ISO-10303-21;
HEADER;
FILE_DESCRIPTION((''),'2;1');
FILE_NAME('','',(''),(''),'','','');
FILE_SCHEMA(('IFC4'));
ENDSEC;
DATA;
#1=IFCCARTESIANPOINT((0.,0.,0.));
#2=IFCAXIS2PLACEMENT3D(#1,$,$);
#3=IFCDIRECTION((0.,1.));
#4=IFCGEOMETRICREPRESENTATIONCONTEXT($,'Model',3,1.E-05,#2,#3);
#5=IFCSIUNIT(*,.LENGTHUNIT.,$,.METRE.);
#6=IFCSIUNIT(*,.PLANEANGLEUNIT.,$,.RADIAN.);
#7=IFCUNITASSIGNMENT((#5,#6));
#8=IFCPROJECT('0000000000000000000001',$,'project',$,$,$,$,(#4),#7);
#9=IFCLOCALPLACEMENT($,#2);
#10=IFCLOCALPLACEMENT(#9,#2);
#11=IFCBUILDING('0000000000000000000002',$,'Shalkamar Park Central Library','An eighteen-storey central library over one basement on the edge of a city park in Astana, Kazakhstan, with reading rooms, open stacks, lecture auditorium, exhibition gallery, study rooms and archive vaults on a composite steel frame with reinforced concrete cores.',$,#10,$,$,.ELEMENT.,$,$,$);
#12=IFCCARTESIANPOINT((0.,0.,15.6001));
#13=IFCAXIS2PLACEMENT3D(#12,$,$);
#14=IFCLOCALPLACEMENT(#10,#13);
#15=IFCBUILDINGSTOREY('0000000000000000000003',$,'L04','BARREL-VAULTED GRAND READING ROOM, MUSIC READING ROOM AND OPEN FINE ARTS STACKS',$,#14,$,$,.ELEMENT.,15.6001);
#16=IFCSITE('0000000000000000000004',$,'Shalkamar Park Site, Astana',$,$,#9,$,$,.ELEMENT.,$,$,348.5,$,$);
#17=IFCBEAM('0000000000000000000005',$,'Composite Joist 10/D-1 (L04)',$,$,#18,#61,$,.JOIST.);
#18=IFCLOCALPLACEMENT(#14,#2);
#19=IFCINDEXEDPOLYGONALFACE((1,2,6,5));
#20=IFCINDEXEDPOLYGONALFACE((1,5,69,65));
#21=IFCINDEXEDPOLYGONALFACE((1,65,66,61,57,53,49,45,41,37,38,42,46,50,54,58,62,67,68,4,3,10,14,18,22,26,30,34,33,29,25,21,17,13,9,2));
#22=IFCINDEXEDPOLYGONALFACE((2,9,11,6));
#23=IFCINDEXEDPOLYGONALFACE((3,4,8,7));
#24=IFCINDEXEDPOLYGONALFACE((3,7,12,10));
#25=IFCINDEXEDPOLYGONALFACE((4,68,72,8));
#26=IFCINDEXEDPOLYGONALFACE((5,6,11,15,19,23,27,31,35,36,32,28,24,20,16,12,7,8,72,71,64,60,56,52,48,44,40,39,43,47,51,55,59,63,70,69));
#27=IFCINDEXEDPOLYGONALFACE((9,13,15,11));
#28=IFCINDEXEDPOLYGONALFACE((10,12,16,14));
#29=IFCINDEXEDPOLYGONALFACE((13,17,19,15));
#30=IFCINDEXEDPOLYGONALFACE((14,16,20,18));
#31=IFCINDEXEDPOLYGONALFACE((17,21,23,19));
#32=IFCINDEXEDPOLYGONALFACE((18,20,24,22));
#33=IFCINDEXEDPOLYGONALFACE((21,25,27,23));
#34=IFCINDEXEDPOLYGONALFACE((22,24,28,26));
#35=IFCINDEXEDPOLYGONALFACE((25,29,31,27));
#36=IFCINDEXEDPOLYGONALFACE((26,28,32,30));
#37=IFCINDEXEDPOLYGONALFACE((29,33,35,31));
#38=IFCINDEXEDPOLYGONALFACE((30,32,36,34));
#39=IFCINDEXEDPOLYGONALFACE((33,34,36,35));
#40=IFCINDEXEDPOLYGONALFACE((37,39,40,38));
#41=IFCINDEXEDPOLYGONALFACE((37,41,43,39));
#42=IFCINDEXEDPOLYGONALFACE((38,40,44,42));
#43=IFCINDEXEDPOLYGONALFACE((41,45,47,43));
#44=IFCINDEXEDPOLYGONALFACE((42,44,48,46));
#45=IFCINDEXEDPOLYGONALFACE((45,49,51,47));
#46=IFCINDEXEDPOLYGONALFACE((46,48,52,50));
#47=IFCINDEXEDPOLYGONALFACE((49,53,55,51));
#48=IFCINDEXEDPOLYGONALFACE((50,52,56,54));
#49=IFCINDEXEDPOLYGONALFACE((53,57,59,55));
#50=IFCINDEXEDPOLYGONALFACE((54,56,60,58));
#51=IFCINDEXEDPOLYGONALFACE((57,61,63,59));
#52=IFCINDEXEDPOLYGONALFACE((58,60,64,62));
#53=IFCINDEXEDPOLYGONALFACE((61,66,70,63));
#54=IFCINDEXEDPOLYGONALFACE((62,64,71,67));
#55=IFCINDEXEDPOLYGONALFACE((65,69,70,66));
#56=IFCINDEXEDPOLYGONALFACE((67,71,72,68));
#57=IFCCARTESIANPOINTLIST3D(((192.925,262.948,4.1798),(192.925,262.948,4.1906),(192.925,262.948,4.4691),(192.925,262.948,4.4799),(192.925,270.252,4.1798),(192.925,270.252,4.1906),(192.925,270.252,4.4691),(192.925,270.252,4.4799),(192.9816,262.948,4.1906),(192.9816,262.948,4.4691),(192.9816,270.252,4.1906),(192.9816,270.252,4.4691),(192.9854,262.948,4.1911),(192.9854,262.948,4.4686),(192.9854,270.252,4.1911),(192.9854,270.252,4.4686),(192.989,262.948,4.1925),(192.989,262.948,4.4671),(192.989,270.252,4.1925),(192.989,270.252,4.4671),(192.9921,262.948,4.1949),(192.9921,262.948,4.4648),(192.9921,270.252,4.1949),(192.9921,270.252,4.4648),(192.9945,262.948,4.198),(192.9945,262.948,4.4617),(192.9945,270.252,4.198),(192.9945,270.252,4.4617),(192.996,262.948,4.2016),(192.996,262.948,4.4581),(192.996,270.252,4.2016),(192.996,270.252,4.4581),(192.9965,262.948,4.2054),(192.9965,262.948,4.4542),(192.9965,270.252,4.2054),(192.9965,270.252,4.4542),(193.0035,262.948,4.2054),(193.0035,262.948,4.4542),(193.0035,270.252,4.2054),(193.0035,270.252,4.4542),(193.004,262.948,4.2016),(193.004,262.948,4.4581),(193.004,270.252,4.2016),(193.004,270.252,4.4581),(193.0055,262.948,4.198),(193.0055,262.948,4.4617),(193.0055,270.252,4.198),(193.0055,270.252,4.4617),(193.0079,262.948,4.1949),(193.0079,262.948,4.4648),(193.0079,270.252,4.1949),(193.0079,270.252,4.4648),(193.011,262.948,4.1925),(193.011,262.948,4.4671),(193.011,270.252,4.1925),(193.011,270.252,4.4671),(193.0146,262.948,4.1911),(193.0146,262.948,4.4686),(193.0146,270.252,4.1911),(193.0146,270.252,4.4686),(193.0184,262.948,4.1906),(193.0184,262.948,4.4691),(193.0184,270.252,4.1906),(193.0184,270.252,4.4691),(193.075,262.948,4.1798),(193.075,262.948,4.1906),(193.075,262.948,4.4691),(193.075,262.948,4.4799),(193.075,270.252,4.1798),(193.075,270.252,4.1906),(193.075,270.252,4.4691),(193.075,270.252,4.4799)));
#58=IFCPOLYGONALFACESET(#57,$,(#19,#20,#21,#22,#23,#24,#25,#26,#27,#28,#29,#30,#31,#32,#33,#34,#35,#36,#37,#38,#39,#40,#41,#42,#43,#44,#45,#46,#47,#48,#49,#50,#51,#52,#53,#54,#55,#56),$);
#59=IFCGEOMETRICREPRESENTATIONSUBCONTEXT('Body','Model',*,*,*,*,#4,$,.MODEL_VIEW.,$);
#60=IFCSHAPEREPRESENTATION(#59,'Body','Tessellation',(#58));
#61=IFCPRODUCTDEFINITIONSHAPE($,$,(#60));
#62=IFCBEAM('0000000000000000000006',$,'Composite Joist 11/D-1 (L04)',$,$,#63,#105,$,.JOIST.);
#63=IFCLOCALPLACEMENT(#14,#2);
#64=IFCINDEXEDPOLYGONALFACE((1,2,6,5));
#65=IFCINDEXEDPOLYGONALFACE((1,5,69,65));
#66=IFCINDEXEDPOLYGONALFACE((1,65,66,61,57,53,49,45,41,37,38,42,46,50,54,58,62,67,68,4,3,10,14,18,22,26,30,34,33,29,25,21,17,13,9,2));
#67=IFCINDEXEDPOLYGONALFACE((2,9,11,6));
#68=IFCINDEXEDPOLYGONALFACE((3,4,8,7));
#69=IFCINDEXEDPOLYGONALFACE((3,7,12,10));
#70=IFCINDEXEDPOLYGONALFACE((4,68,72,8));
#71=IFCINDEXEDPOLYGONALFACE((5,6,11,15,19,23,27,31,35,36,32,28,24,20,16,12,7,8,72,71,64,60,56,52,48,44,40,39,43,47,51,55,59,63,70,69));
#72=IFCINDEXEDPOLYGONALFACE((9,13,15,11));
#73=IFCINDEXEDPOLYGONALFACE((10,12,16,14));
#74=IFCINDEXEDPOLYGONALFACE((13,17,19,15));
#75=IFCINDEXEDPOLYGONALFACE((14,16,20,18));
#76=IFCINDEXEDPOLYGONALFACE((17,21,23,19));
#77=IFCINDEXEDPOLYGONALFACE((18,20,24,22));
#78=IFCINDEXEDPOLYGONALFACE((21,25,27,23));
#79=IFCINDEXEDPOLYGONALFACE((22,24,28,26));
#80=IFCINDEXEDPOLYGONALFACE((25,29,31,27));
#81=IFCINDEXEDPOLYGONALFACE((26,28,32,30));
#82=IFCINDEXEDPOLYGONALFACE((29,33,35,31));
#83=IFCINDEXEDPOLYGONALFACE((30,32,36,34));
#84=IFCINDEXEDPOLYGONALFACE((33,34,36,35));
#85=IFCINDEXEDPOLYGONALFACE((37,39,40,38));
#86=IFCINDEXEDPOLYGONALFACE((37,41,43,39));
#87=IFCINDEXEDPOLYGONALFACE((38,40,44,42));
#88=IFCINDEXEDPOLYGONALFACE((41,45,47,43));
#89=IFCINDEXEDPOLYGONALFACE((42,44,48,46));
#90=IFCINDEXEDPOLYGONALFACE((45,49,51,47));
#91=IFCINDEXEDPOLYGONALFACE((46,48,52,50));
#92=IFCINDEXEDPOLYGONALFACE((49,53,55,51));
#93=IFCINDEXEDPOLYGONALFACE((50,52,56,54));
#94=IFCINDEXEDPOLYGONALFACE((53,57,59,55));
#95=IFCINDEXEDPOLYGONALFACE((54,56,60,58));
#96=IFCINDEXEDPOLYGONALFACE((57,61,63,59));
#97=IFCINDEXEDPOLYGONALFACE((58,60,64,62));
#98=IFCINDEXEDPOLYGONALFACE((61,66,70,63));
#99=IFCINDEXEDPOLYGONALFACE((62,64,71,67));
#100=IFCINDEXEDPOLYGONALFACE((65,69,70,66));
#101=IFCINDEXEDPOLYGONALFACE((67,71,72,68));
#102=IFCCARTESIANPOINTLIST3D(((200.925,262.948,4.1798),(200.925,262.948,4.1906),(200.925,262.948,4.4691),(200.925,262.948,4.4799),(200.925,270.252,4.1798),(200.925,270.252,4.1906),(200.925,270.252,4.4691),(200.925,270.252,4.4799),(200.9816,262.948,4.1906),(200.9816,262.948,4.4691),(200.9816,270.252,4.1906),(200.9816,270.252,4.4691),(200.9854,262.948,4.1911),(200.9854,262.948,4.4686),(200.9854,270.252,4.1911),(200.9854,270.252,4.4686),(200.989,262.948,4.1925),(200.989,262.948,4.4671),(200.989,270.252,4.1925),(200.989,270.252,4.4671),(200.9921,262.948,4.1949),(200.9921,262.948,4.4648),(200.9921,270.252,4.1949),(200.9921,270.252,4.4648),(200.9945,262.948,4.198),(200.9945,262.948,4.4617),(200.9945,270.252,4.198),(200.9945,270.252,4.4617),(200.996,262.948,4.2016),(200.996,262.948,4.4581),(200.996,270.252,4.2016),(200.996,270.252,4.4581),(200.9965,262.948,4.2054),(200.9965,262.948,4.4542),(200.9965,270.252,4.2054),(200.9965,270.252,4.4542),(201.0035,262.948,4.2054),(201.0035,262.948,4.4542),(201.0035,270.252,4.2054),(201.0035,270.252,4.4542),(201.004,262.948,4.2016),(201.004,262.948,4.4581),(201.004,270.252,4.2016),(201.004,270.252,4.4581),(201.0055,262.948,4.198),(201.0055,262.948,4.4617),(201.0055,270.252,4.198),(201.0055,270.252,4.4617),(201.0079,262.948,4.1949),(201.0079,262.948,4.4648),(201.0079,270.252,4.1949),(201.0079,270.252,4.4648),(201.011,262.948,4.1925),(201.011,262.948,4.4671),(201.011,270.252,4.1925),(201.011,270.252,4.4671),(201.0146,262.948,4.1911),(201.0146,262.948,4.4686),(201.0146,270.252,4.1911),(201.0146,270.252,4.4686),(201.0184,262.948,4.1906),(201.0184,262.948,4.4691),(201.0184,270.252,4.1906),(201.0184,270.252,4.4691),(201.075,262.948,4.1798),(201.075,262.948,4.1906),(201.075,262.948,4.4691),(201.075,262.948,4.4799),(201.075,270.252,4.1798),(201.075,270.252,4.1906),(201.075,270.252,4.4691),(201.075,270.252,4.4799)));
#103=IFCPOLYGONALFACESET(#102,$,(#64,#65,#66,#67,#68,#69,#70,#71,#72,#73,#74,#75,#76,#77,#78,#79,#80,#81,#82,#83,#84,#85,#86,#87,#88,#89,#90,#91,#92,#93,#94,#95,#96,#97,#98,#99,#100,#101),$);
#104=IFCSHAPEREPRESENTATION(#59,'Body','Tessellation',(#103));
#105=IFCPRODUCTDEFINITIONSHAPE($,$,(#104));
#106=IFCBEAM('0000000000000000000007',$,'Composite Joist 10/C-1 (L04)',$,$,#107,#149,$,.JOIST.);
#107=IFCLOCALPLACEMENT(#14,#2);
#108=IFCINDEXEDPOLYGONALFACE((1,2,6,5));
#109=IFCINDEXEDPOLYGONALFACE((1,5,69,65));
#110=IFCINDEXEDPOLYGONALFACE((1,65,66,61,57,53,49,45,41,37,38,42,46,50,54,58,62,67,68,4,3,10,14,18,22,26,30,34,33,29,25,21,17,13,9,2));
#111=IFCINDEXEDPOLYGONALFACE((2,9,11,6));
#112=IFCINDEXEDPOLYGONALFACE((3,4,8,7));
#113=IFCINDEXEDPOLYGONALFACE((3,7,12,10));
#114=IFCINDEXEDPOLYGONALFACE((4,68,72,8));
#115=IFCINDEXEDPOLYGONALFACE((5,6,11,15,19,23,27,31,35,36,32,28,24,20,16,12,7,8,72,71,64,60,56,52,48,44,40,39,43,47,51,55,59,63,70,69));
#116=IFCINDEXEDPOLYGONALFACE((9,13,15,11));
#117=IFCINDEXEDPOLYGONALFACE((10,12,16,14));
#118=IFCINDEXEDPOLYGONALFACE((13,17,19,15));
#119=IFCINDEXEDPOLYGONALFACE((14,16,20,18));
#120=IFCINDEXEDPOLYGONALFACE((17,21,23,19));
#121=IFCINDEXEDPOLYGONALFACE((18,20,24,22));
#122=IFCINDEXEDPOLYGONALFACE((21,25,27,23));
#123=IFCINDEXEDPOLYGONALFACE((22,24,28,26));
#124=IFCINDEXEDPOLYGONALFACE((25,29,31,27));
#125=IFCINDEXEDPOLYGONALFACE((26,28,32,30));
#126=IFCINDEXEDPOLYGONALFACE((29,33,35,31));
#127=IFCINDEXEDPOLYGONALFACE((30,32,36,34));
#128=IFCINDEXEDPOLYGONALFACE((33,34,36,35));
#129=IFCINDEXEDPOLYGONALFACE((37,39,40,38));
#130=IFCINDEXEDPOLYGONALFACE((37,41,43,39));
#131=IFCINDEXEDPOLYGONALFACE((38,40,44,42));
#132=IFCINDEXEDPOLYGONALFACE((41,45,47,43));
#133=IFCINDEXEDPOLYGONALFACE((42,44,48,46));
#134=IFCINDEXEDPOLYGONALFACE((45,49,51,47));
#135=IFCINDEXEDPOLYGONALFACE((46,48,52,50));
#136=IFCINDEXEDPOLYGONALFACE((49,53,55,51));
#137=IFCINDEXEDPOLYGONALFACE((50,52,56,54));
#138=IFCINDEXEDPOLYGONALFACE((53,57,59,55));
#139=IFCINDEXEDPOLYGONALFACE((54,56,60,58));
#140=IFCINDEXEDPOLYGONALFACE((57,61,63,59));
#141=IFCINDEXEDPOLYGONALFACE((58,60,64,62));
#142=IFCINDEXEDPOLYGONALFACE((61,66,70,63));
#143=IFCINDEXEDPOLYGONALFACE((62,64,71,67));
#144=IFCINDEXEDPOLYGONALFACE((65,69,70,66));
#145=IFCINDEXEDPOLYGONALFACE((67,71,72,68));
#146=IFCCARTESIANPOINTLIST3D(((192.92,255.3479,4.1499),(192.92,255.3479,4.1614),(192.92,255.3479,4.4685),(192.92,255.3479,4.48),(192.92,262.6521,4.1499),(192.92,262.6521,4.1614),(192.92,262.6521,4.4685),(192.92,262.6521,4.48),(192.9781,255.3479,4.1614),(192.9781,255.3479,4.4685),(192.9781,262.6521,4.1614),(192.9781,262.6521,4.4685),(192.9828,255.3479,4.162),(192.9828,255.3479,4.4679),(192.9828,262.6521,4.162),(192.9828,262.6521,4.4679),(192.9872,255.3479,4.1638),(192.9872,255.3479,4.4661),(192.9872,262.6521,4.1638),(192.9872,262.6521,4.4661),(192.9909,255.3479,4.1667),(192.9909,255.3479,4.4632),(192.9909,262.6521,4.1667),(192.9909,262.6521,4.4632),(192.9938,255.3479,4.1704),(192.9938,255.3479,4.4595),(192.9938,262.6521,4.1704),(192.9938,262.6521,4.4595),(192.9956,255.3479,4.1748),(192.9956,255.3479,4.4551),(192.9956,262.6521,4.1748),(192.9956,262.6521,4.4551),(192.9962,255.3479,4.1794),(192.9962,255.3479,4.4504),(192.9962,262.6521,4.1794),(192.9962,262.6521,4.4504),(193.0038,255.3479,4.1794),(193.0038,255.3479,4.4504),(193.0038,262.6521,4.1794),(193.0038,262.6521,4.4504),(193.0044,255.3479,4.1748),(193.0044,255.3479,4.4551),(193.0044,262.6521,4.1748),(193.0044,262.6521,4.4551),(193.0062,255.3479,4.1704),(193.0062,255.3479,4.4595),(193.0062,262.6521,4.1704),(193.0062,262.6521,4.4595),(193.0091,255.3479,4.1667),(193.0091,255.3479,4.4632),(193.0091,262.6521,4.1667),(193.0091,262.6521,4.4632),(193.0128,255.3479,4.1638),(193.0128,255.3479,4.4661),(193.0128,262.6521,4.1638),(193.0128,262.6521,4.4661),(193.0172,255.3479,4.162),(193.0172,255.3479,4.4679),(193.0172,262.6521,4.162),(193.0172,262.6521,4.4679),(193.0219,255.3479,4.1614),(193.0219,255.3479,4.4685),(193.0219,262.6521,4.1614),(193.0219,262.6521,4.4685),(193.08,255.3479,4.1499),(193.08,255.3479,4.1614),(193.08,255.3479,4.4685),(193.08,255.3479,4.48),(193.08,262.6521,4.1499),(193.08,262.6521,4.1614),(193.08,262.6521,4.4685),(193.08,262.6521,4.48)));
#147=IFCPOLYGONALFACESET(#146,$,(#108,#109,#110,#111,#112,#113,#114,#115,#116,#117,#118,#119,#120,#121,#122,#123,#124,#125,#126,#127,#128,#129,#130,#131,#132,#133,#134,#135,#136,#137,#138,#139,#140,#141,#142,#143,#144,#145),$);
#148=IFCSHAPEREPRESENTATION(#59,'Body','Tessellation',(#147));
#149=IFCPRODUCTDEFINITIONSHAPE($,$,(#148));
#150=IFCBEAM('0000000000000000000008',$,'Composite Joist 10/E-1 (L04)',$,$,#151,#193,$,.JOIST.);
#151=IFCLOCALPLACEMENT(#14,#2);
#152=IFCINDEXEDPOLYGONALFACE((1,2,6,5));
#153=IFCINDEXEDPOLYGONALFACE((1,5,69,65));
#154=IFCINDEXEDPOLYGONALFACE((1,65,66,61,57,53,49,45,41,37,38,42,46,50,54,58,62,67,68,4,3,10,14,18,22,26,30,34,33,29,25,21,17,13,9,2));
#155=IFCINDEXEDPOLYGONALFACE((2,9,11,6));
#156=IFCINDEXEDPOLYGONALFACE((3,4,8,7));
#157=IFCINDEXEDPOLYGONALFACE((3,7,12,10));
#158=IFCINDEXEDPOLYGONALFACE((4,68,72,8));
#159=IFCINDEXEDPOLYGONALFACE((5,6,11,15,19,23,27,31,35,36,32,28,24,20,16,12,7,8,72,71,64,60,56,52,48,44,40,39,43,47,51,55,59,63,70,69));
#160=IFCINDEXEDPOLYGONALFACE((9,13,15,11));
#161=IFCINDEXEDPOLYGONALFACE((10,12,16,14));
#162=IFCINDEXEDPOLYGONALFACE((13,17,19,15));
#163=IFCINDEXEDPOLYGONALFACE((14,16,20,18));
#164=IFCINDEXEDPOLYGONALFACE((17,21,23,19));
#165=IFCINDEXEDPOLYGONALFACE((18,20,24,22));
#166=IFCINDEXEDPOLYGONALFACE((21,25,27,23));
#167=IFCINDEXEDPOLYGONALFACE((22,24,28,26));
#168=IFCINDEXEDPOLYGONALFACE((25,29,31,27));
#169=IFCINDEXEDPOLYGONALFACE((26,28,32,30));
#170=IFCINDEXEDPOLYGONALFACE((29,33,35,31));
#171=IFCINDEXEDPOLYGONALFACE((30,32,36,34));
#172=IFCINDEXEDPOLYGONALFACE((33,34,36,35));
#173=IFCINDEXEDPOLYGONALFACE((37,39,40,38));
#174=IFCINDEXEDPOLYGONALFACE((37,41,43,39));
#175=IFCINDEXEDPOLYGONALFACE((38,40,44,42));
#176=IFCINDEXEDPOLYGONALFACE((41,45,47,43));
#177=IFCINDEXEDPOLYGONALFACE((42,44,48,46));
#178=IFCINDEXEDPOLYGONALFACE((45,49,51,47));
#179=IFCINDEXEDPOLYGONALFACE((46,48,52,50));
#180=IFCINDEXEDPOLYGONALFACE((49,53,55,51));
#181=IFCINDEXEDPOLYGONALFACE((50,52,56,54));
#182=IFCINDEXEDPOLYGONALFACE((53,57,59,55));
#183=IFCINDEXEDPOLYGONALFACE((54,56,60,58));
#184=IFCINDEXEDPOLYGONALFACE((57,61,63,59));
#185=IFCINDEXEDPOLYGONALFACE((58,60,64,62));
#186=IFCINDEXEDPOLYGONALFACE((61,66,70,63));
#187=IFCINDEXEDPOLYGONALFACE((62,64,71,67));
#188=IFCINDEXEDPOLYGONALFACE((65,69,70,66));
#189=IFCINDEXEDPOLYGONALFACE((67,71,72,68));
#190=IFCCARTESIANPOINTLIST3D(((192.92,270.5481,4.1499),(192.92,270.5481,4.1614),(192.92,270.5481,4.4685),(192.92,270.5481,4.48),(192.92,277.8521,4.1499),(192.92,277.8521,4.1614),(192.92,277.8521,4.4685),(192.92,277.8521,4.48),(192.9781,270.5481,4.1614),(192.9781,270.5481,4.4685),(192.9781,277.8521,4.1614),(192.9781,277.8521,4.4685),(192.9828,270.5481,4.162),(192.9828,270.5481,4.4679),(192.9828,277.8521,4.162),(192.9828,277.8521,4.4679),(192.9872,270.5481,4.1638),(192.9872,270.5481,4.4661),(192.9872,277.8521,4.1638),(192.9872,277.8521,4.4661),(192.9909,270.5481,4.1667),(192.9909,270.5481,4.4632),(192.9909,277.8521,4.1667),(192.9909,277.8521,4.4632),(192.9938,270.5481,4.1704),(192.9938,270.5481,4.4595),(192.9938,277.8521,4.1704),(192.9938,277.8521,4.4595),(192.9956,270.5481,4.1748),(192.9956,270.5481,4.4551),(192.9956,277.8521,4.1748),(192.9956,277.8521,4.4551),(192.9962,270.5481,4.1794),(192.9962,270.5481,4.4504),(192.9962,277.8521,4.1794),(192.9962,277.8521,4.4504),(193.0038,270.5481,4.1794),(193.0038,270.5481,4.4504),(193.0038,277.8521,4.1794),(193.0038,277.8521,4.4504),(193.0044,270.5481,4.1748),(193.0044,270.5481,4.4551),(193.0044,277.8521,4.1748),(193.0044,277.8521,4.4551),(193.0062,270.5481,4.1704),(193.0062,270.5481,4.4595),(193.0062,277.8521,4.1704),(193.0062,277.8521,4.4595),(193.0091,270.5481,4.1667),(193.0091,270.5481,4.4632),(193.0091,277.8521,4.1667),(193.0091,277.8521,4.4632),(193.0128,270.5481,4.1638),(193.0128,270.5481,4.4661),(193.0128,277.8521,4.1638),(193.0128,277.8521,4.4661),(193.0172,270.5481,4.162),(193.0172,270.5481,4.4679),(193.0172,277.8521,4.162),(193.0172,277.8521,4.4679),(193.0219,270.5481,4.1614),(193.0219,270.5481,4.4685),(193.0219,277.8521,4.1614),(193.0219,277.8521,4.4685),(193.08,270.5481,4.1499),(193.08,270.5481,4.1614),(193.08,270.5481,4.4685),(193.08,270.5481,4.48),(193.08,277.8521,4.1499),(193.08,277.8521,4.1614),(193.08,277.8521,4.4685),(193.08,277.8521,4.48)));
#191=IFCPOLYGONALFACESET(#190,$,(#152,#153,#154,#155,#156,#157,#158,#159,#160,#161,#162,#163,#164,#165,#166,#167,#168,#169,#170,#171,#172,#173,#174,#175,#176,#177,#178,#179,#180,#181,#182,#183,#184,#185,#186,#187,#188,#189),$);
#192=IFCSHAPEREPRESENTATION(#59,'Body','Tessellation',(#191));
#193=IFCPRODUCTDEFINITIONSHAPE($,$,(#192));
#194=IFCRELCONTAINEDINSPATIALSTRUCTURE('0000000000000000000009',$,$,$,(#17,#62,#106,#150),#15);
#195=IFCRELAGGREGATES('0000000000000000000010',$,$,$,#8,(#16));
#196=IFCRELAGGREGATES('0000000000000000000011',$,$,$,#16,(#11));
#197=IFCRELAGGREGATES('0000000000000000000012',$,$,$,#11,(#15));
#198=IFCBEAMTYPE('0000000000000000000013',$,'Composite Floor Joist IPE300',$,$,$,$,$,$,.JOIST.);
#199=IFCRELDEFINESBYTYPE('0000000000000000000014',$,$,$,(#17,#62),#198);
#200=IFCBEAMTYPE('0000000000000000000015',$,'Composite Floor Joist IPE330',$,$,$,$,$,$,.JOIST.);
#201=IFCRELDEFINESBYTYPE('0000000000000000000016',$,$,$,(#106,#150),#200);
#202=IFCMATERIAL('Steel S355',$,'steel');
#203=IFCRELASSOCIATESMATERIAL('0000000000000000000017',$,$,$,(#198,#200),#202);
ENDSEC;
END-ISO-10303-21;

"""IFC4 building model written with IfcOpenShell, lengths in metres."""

from ifc_helpers import new_model, si_unit, direction, frame, origin, origin_2d, place, context, subcontext, project, spatial, i_section, extrude, material, material_profile, profile_set, type_object, element, save


model = new_model("IFC4")

# Units and contexts
model_context = context("Model", 3, precision=1e-05, world=origin(), true_north=direction((0.0, 1.0)))
body_context = subcontext(model_context, "Body", "Model", "MODEL_VIEW")
ifc_project = project(units=[si_unit("LENGTHUNIT", "METRE"), si_unit("PLANEANGLEUNIT", "RADIAN")], contexts=[model_context])

# Site, building, storey
site_placement = place(None, origin())
site = spatial("IfcSite", under=ifc_project, at=site_placement, Name="Shalkamar Park Site, Astana", CompositionType="ELEMENT", RefElevation=348.5)
building_placement = place(site_placement, origin())
building = spatial("IfcBuilding", under=site, at=building_placement, Name="Shalkamar Park Central Library", Description="An eighteen-storey central library over one basement on the edge of a city park in Astana, Kazakhstan, with reading rooms, open stacks, lecture auditorium, exhibition gallery, study rooms and archive vaults on a composite steel frame with reinforced concrete cores.", CompositionType="ELEMENT")
storey_placement = place(building_placement, frame((0.0, 0.0, 15.6001)))
storey = spatial("IfcBuildingStorey", under=building, at=storey_placement, Name="L04", Description="BARREL-VAULTED GRAND READING ROOM, MUSIC READING ROOM AND OPEN FINE ARTS STACKS", CompositionType="ELEMENT", Elevation=15.6001)

# Shared definitions
ifc_material_1 = material(Name="Steel S355", Category="steel")

# Beams
ifc_material_profile_1 = material_profile(ifc_material_1, i_section(OverallWidth=0.1499, OverallDepth=0.3, WebThickness=0.0071, FlangeThickness=0.0107, FilletRadius=0.0149, at=origin_2d()), Name="IPE 300")
ifc_profile_set_1 = profile_set([ifc_material_profile_1], Name="Steel S355")
beam_type_1 = type_object("IfcBeamType", Name="Composite Floor Joist IPE300", PredefinedType="JOIST", material=ifc_profile_set_1)
for number, where, z_axis, x_axis, name in (
    (1, (193.0, 262.948, 4.3298), (0.0, 1.0, 0.0), (-1.0, 0.0, 0.0), "Composite Joist 10/D-1 (L04)"),
    (2, (201.0, 262.948, 4.3298), (0.0, 1.0, 0.0), (-1.0, 0.0, 0.0), "Composite Joist 11/D-1 (L04)"),
):
    element("IfcBeam", number, at=place(storey_placement, frame(where, z_axis=z_axis, x_axis=x_axis)), inside=storey, type_object=beam_type_1, Name=name, PredefinedType="JOIST", context=body_context, shape_type="SweptSolid", body=[
        extrude(i_section(OverallWidth=0.1499, OverallDepth=0.3, WebThickness=0.0071, FlangeThickness=0.0107, FilletRadius=0.0149, at=origin_2d()), origin(), (0.0, 0.0, 1.0), 7.304),
    ])
ifc_material_profile_2 = material_profile(ifc_material_1, i_section(OverallWidth=0.1599, OverallDepth=0.3301, WebThickness=0.0076, FlangeThickness=0.0115, FilletRadius=0.0181, at=origin_2d()), Name="IPE 330")
ifc_profile_set_2 = profile_set([ifc_material_profile_2], Name="Steel S355")
beam_type_2 = type_object("IfcBeamType", Name="Composite Floor Joist IPE330", PredefinedType="JOIST", material=ifc_profile_set_2)
beam_1_placement = place(storey_placement, frame((193.0, 255.3479, 4.3149), z_axis=(0.0, 1.0, 0.0), x_axis=(-1.0, 0.0, 0.0)))
element("IfcBeam", 3, at=beam_1_placement, inside=storey, type_object=beam_type_2, Name="Composite Joist 10/C-1 (L04)", PredefinedType="JOIST", context=body_context, shape_type="SweptSolid", body=[
    extrude(i_section(OverallWidth=0.1599, OverallDepth=0.3301, WebThickness=0.0076, FlangeThickness=0.0115, FilletRadius=0.0181, at=origin_2d()), origin(), (0.0, 0.0, 1.0), 7.3042),
])
for number, where, z_axis, x_axis, name in (
    (4, (193.0, 270.5481, 4.3149), (0.0, 1.0, 0.0), (-1.0, 0.0, 0.0), "Composite Joist 10/E-1 (L04)"),
):
    element("IfcBeam", number, at=place(storey_placement, frame(where, z_axis=z_axis, x_axis=x_axis)), inside=storey, type_object=beam_type_2, Name=name, PredefinedType="JOIST", context=body_context, shape_type="SweptSolid", body=[
        extrude(i_section(OverallWidth=0.1599, OverallDepth=0.3301, WebThickness=0.0076, FlangeThickness=0.0115, FilletRadius=0.0181, at=origin_2d()), origin(), (0.0, 0.0, 1.0), 7.304),
    ])

save(model, "model.ifc")
